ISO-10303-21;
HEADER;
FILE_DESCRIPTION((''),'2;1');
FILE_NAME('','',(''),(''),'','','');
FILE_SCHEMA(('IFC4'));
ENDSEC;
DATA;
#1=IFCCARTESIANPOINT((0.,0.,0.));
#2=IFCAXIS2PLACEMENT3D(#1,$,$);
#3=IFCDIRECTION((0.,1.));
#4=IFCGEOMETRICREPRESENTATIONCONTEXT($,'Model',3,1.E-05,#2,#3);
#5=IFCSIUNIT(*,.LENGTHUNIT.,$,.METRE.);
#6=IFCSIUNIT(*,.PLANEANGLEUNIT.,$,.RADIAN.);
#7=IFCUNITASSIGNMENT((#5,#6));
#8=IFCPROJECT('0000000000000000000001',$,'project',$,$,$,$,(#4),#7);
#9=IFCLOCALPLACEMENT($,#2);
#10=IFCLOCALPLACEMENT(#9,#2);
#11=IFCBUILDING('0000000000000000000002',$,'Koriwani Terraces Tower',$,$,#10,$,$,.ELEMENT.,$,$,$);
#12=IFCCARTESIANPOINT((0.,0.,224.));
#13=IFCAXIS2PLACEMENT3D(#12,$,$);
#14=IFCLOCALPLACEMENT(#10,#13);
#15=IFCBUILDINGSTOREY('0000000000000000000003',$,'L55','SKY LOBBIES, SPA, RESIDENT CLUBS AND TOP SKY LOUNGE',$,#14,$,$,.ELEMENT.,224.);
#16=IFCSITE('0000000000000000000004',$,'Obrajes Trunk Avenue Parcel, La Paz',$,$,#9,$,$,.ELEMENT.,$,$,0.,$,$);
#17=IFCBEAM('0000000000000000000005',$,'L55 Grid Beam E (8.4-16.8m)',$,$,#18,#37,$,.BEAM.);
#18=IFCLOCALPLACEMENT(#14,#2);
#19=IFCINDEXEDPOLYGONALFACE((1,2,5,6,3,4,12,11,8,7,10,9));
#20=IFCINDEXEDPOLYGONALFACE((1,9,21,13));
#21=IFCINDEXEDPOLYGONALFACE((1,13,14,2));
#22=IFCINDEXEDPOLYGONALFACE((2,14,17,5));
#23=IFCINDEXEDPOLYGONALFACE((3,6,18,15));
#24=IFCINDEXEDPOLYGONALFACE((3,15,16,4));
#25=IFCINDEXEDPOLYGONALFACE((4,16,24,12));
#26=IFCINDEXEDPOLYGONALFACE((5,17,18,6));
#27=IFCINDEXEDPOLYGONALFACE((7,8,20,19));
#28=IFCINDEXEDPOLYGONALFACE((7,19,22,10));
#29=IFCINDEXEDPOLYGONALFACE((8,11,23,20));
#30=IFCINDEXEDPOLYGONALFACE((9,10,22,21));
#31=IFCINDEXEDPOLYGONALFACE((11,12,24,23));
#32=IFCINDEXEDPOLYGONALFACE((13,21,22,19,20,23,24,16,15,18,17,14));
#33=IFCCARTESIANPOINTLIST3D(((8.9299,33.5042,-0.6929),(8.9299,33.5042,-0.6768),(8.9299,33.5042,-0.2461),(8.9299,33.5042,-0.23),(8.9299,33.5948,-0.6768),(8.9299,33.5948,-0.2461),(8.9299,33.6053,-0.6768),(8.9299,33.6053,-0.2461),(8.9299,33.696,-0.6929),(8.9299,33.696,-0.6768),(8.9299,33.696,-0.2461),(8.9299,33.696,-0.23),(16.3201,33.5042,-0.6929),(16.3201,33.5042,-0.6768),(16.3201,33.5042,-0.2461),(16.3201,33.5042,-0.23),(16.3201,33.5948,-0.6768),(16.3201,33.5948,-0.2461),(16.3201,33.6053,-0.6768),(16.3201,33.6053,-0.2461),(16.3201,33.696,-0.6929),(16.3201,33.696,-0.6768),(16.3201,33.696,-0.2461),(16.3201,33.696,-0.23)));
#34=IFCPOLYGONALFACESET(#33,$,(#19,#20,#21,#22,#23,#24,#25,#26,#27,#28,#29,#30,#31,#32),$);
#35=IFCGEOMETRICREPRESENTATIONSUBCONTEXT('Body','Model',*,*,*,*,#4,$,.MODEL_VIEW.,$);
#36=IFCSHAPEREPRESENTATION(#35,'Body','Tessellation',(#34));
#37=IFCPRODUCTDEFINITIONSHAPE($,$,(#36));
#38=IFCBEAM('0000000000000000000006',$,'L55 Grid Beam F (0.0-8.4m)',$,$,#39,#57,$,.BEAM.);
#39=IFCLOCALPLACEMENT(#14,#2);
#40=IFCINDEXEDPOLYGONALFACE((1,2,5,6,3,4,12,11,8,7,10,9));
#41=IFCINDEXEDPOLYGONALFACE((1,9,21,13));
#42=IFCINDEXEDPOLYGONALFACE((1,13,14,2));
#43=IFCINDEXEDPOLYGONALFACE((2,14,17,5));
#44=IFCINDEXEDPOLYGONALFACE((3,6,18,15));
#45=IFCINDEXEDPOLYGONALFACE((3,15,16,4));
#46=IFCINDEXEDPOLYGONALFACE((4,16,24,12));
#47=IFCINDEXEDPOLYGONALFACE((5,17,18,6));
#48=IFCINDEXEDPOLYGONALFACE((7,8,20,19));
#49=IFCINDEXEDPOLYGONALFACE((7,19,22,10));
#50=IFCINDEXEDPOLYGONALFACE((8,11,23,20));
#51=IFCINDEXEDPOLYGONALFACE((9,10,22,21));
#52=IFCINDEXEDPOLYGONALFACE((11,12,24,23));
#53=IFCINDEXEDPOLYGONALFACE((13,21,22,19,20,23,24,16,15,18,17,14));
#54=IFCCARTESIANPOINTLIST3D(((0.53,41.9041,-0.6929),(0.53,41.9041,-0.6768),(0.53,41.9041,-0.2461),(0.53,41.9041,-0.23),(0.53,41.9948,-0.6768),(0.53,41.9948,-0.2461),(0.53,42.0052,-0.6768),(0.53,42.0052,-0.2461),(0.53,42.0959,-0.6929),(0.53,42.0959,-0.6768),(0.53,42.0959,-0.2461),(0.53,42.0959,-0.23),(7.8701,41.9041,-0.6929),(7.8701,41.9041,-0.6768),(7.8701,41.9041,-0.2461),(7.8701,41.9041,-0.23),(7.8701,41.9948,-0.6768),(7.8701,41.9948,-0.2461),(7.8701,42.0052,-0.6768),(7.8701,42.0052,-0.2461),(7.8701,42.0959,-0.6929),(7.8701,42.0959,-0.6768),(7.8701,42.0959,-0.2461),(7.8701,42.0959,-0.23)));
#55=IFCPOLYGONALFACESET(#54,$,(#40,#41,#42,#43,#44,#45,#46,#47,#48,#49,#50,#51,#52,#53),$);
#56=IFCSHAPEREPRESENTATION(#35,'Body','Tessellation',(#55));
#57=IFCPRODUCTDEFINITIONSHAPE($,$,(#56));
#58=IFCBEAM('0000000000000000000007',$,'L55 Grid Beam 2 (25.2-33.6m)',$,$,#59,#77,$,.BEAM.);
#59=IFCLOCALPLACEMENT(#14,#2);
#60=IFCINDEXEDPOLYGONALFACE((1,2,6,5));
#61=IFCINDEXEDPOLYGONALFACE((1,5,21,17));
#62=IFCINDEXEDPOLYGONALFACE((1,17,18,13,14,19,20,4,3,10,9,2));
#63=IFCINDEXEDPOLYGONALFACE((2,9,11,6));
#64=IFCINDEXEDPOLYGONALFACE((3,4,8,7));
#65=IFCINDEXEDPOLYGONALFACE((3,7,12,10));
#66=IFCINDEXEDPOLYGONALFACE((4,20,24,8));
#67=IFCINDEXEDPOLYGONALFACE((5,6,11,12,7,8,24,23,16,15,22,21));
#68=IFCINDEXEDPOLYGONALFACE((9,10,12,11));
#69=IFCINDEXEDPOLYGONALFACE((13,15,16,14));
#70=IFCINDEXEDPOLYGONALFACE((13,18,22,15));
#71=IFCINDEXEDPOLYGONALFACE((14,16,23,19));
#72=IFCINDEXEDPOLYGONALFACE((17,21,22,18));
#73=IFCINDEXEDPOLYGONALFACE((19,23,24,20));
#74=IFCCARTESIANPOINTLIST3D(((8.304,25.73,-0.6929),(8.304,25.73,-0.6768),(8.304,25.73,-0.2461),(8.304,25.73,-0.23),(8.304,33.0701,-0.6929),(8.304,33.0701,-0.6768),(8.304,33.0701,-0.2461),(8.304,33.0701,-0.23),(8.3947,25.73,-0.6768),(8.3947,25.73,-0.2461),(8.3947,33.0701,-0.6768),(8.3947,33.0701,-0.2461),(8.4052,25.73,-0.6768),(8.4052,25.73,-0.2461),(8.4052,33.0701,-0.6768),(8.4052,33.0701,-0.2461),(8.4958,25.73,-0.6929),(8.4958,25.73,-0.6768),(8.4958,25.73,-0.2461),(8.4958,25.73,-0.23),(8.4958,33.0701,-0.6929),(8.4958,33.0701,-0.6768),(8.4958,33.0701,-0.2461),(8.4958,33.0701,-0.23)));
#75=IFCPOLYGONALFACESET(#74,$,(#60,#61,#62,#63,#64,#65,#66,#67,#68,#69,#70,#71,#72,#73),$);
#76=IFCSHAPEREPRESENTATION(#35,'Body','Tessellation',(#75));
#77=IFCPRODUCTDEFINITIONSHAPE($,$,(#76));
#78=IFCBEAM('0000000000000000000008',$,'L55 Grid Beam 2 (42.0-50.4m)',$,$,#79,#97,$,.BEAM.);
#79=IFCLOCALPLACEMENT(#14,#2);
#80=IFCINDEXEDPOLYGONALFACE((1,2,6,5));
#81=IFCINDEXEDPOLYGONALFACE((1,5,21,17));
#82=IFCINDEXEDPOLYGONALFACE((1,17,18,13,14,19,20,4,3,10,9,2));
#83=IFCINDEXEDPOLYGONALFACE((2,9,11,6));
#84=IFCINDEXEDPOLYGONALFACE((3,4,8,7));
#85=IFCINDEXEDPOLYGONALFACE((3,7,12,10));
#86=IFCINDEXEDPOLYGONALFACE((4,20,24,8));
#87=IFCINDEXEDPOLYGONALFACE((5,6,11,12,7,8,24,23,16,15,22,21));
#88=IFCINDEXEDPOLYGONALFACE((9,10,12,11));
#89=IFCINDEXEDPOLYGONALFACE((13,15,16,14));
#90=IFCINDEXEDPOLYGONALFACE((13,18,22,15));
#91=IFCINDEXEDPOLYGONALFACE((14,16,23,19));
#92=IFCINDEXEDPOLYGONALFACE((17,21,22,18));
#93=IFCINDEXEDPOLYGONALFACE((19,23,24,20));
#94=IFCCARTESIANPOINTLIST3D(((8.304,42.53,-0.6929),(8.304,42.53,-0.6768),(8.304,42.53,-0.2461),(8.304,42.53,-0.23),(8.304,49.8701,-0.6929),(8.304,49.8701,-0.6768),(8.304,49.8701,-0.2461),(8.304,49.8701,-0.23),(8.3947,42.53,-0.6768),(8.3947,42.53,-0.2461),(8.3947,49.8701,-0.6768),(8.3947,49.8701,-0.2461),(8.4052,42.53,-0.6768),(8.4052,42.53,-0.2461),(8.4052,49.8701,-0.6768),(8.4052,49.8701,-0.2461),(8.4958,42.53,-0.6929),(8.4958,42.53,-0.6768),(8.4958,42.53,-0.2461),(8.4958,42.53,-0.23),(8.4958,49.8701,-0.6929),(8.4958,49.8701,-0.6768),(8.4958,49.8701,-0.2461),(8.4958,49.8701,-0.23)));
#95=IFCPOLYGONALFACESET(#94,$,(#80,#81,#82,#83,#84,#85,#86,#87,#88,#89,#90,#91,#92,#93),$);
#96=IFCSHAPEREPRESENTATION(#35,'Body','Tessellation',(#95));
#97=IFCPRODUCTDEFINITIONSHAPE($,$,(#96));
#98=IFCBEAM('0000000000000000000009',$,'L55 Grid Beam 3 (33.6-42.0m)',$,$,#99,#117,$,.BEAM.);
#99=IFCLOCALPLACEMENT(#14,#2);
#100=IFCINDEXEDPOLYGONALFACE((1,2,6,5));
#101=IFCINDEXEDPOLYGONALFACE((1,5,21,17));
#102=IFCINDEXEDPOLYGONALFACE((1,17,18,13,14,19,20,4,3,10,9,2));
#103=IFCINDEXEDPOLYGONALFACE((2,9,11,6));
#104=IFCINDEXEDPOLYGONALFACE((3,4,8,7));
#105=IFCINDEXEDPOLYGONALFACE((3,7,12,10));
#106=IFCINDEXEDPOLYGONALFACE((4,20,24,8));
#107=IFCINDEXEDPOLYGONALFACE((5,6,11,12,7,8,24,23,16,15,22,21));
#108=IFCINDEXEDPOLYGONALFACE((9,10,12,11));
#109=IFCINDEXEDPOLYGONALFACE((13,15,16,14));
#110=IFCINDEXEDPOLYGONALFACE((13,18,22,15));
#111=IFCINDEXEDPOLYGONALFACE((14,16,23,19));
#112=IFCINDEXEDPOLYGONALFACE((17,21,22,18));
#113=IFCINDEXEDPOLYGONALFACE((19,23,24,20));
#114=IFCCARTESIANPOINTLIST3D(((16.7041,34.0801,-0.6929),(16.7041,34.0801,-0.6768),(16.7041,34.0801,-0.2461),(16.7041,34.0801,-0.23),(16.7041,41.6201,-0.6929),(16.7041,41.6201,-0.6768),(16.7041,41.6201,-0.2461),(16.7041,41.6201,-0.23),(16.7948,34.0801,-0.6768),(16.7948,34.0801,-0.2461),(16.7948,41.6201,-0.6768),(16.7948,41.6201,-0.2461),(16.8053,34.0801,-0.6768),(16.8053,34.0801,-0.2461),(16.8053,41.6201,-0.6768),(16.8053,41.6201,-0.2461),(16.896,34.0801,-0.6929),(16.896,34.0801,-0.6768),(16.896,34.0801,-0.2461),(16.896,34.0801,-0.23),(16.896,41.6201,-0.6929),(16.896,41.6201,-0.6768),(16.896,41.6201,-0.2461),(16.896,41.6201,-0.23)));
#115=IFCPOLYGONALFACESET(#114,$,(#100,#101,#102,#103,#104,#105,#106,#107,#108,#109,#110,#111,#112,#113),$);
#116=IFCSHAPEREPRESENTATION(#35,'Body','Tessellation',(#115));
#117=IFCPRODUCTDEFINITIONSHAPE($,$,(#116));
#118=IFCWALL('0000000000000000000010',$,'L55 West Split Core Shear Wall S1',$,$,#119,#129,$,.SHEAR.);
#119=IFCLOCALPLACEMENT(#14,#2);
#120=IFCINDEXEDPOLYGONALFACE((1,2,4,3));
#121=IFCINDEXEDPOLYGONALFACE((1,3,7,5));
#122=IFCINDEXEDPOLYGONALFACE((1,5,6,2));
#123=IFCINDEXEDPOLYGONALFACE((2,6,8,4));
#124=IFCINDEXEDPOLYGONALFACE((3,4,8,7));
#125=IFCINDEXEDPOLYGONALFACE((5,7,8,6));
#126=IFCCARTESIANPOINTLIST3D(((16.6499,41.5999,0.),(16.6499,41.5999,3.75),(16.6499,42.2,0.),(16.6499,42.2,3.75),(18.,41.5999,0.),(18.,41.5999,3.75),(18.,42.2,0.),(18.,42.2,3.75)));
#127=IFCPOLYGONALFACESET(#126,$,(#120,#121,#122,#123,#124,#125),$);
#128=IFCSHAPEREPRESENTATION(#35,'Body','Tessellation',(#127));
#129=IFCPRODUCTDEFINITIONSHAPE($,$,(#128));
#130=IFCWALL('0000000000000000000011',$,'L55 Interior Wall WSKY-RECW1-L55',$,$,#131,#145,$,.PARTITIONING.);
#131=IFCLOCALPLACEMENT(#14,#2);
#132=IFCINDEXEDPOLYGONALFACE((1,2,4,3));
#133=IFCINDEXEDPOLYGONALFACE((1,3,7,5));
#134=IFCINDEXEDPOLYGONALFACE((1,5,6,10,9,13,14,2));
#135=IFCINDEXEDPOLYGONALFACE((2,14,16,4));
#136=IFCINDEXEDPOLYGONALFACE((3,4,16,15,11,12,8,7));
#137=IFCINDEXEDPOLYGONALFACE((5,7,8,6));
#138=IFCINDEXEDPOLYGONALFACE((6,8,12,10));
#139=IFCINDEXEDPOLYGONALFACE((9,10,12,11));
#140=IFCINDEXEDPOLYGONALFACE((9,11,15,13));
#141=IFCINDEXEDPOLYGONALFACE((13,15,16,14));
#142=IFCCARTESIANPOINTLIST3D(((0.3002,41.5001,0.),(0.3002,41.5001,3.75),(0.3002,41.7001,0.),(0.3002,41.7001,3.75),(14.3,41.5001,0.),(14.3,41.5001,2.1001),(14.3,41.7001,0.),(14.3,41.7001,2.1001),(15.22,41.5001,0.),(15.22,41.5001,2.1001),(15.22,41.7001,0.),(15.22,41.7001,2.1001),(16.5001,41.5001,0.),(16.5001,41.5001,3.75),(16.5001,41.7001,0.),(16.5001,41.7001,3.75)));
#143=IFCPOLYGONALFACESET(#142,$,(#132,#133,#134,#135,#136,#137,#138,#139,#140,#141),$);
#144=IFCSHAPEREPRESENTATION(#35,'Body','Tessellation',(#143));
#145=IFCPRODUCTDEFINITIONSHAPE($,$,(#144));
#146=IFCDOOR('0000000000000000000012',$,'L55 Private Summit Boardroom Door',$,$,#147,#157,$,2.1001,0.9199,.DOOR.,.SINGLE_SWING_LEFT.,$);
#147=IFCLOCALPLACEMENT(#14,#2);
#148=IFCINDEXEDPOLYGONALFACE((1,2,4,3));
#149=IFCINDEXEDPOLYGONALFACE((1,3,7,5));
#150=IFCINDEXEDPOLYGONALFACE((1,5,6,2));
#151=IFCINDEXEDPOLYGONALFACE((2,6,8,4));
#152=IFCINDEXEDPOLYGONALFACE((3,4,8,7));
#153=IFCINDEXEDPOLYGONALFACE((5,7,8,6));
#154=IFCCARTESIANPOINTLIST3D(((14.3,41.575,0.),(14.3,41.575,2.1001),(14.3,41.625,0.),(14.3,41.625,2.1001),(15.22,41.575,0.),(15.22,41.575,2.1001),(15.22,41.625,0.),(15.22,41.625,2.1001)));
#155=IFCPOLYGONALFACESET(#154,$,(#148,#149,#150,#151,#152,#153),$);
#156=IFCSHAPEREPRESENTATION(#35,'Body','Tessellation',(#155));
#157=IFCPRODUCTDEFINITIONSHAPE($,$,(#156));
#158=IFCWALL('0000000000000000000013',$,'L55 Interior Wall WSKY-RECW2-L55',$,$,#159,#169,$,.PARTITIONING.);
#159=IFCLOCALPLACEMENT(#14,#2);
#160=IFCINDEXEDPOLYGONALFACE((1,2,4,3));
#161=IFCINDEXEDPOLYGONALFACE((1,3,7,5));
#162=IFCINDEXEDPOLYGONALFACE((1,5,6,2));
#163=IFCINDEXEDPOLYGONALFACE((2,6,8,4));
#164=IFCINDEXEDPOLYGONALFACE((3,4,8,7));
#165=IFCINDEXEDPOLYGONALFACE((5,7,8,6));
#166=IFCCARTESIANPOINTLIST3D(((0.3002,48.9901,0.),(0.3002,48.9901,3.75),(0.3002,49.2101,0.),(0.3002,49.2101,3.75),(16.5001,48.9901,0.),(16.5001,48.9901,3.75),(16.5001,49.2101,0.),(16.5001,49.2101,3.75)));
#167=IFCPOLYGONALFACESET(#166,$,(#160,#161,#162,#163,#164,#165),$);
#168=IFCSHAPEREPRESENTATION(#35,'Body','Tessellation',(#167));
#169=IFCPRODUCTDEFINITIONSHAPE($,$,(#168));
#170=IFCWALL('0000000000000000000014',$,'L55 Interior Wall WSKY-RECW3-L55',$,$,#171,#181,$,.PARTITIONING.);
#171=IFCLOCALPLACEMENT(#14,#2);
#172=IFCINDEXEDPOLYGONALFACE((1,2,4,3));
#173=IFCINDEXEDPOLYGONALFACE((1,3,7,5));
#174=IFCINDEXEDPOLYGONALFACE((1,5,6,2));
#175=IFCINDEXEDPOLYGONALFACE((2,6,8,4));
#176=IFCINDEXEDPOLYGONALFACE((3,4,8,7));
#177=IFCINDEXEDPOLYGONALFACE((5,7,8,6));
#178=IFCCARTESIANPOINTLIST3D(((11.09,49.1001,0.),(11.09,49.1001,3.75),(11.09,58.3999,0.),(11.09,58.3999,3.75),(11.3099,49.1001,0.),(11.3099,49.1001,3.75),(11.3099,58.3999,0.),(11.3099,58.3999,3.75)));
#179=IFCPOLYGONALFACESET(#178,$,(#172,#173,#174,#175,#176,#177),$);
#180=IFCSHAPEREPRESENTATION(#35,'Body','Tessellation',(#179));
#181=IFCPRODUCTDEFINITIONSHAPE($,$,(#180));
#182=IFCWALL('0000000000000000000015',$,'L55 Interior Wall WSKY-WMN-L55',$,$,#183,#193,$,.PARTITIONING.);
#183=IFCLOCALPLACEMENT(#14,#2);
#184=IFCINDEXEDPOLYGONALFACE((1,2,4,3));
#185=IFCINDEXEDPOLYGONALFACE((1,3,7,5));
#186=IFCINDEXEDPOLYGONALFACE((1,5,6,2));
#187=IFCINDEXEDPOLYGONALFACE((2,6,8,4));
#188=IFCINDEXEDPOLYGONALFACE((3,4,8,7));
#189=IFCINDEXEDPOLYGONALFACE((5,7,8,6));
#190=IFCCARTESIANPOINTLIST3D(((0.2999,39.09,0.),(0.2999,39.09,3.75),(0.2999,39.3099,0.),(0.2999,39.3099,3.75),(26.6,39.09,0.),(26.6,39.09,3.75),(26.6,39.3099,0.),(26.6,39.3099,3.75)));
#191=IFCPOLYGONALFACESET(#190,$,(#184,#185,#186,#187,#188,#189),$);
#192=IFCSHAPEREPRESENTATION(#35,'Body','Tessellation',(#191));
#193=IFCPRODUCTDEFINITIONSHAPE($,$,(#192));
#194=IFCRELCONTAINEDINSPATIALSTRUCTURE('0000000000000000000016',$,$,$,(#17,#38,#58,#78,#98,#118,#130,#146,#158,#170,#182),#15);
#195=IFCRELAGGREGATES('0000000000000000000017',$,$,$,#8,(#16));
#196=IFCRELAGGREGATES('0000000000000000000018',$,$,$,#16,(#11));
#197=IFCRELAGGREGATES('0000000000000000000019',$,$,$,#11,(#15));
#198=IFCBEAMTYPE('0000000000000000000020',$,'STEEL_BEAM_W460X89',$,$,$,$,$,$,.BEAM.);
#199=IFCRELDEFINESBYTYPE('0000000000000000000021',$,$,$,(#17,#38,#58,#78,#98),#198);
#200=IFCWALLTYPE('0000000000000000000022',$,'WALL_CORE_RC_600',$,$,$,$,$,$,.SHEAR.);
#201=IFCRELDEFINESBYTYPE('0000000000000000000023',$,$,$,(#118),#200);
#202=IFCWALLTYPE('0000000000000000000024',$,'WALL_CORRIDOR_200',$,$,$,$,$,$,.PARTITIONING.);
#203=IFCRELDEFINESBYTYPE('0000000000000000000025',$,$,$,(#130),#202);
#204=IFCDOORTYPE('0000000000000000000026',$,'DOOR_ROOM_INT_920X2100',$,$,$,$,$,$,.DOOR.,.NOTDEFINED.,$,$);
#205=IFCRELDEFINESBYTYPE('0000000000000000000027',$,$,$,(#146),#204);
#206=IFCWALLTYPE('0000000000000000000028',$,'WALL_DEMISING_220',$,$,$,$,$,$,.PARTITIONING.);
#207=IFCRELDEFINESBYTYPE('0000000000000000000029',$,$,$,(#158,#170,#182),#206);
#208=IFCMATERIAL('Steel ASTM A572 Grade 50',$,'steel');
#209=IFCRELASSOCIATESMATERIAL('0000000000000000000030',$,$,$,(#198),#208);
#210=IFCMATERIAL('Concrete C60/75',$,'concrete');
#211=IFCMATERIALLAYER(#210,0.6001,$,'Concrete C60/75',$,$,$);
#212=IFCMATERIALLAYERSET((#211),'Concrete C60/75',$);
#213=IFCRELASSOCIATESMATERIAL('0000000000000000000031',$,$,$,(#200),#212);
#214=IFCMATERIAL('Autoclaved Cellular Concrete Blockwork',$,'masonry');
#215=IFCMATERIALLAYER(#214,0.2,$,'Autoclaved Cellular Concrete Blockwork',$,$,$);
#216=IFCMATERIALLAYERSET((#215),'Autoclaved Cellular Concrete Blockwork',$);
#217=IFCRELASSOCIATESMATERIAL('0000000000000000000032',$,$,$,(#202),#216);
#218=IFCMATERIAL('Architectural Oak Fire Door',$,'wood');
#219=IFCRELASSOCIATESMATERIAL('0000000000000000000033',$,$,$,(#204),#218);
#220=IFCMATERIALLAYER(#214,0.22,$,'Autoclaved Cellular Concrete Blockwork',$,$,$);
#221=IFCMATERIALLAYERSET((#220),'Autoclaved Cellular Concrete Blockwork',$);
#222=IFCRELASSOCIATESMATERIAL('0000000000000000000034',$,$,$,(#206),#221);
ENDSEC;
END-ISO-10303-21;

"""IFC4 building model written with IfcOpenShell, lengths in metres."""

from ifc_helpers import new_model, si_unit, direction, frame, frame_2d, origin, origin_2d, place, context, subcontext, project, spatial, rectangle, i_section, extrude, material, layer, layer_set, material_profile, profile_set, type_object, element, fill, save


model = new_model("IFC4")

# Units and contexts
model_context = context("Model", 3, precision=1e-05, world=origin(), true_north=direction((0.0, 1.0)))
body_context = subcontext(model_context, "Body", "Model", "MODEL_VIEW")
ifc_project = project(units=[si_unit("LENGTHUNIT", "METRE"), si_unit("PLANEANGLEUNIT", "RADIAN")], contexts=[model_context])

# Site, building, storey
site_placement = place(None, origin())
site = spatial("IfcSite", under=ifc_project, at=site_placement, Name="Obrajes Trunk Avenue Parcel, La Paz", CompositionType="ELEMENT", RefElevation=0.0)
building_placement = place(site_placement, origin())
building = spatial("IfcBuilding", under=site, at=building_placement, Name="Koriwani Terraces Tower", CompositionType="ELEMENT")
storey_placement = place(building_placement, frame((0.0, 0.0, 224.0)))
storey = spatial("IfcBuildingStorey", under=building, at=storey_placement, Name="L55", Description="SKY LOBBIES, SPA, RESIDENT CLUBS AND TOP SKY LOUNGE", CompositionType="ELEMENT", Elevation=224.0)

# Beams
ifc_material_1 = material(Name="Steel ASTM A572 Grade 50", Category="steel")
ifc_material_profile_1 = material_profile(ifc_material_1, i_section(OverallWidth=0.1919, OverallDepth=0.4629, WebThickness=0.0105, FlangeThickness=0.0161, at=origin_2d()), Name="Steel ASTM A572 Grade 50", Category="LoadBearing")
ifc_profile_set_1 = profile_set([ifc_material_profile_1], Name="Steel ASTM A572 Grade 50")
beam_type_1 = type_object("IfcBeamType", Name="STEEL_BEAM_W460X89", PredefinedType="BEAM", material=ifc_profile_set_1)
beam_1_placement = place(storey_placement, frame((8.9299, 33.6001, -0.4614), z_axis=(1.0, 0.0, 0.0), x_axis=(0.0, 1.0, 0.0)))
element("IfcBeam", 1, at=beam_1_placement, inside=storey, type_object=beam_type_1, Name="L55 Grid Beam E (8.4-16.8m)", PredefinedType="BEAM", context=body_context, shape_type="SweptSolid", body=[
    extrude(i_section(OverallWidth=0.1919, OverallDepth=0.4629, WebThickness=0.0105, FlangeThickness=0.0161, at=origin_2d()), origin(), (0.0, 0.0, 1.0), 7.3901),
])
for number, where, z_axis, x_axis, name in (
    (2, (0.53, 42.0, -0.4614), (1.0, 0.0, 0.0), (0.0, 1.0, 0.0), "L55 Grid Beam F (0.0-8.4m)"),
    (3, (8.3999, 25.73, -0.4614), (0.0, 1.0, 0.0), (-1.0, 0.0, 0.0), "L55 Grid Beam 2 (25.2-33.6m)"),
    (4, (8.3999, 42.53, -0.4614), (0.0, 1.0, 0.0), (-1.0, 0.0, 0.0), "L55 Grid Beam 2 (42.0-50.4m)"),
):
    element("IfcBeam", number, at=place(storey_placement, frame(where, z_axis=z_axis, x_axis=x_axis)), inside=storey, type_object=beam_type_1, Name=name, PredefinedType="BEAM", context=body_context, shape_type="SweptSolid", body=[
        extrude(i_section(OverallWidth=0.1919, OverallDepth=0.4629, WebThickness=0.0105, FlangeThickness=0.0161, at=origin_2d()), origin(), (0.0, 0.0, 1.0), 7.3401),
    ])
beam_2_placement = place(storey_placement, frame((16.8, 34.0801, -0.4614), z_axis=(0.0, 1.0, 0.0), x_axis=(-1.0, 0.0, 0.0)))
element("IfcBeam", 5, at=beam_2_placement, inside=storey, type_object=beam_type_1, Name="L55 Grid Beam 3 (33.6-42.0m)", PredefinedType="BEAM", context=body_context, shape_type="SweptSolid", body=[
    extrude(i_section(OverallWidth=0.1919, OverallDepth=0.4629, WebThickness=0.0105, FlangeThickness=0.0161, at=origin_2d()), origin(), (0.0, 0.0, 1.0), 7.54),
])

# Wall
ifc_material_2 = material(Name="Concrete C60/75", Category="concrete")
ifc_layer_1 = layer(ifc_material_2, 0.6001, Name="Concrete C60/75")
ifc_layer_set_1 = layer_set([ifc_layer_1], Name="Concrete C60/75")
wall_type_1 = type_object("IfcWallType", Name="WALL_CORE_RC_600", PredefinedType="SHEAR", material=ifc_layer_set_1)
wall_1_placement = place(storey_placement, frame((16.6499, 41.8999, 0.0), z_axis=(0.0, 0.0, 1.0), x_axis=(1.0, 0.0, 0.0)))
element("IfcWall", 6, at=wall_1_placement, inside=storey, type_object=wall_type_1, Name="L55 West Split Core Shear Wall S1", PredefinedType="SHEAR", context=body_context, shape_type="SweptSolid", body=[
    extrude(rectangle(XDim=1.3501, YDim=0.6001, at=frame_2d((0.675, 0.0))), origin(), (0.0, 0.0, 1.0), 3.75),
])

# Wall, opening, door
ifc_material_3 = material(Name="Autoclaved Cellular Concrete Blockwork", Category="masonry")
ifc_layer_2 = layer(ifc_material_3, 0.2, Name="Autoclaved Cellular Concrete Blockwork")
ifc_layer_set_2 = layer_set([ifc_layer_2], Name="Autoclaved Cellular Concrete Blockwork")
wall_type_2 = type_object("IfcWallType", Name="WALL_CORRIDOR_200", PredefinedType="PARTITIONING", material=ifc_layer_set_2)
wall_2_placement = place(storey_placement, frame((0.3, 41.6001, 0.0), z_axis=(0.0, 0.0, 1.0), x_axis=(1.0, 0.0, 0.0)))
wall_2 = element("IfcWall", 7, at=wall_2_placement, inside=storey, type_object=wall_type_2, Name="L55 Interior Wall WSKY-RECW1-L55", PredefinedType="PARTITIONING", context=body_context, shape_type="SweptSolid", body=[
    extrude(rectangle(XDim=16.2, YDim=0.2, at=frame_2d((8.1001, 0.0))), origin(), (0.0, 0.0, 1.0), 3.75),
])
opening_1_placement = place(wall_2_placement, frame((14.0, 0.0, 0.0)))
opening_1 = element("IfcOpeningElement", 8, at=opening_1_placement, cuts=wall_2, PredefinedType="OPENING", context=body_context, shape_type="SweptSolid", body=[
    extrude(rectangle(XDim=0.9199, YDim=2.1001, at=frame_2d((0.46, 1.05))), frame((0.0, 0.1099, 0.0), z_axis=(0.0, -1.0, 0.0), x_axis=(1.0, 0.0, 0.0)), (0.0, 0.0, 1.0), 0.22),
])
ifc_material_4 = material(Name="Architectural Oak Fire Door", Category="wood")
door_type_1 = type_object("IfcDoorType", Name="DOOR_ROOM_INT_920X2100", OperationType="NOTDEFINED", PredefinedType="DOOR", material=ifc_material_4)
door_1_placement = place(opening_1_placement, origin())
door_1 = element("IfcDoor", 9, at=door_1_placement, inside=storey, type_object=door_type_1, Name="L55 Private Summit Boardroom Door", OperationType="SINGLE_SWING_LEFT", OverallHeight=2.1001, OverallWidth=0.9199, PredefinedType="DOOR", context=body_context, shape_type="SweptSolid", body=[
    extrude(rectangle(XDim=0.9199, YDim=2.1001, at=frame_2d((0.46, 1.05))), frame((0.0, 0.0249, 0.0), z_axis=(0.0, -1.0, 0.0), x_axis=(1.0, 0.0, 0.0)), (0.0, 0.0, 1.0), 0.05),
])
fill(opening_1, door_1)

# Walls
ifc_layer_3 = layer(ifc_material_3, 0.22, Name="Autoclaved Cellular Concrete Blockwork")
ifc_layer_set_3 = layer_set([ifc_layer_3], Name="Autoclaved Cellular Concrete Blockwork")
wall_type_3 = type_object("IfcWallType", Name="WALL_DEMISING_220", PredefinedType="PARTITIONING", material=ifc_layer_set_3)
wall_3_placement = place(storey_placement, frame((0.3, 49.1001, 0.0), z_axis=(0.0, 0.0, 1.0), x_axis=(1.0, 0.0, 0.0)))
element("IfcWall", 10, at=wall_3_placement, inside=storey, type_object=wall_type_3, Name="L55 Interior Wall WSKY-RECW2-L55", PredefinedType="PARTITIONING", context=body_context, shape_type="SweptSolid", body=[
    extrude(rectangle(XDim=16.2, YDim=0.22, at=frame_2d((8.1001, 0.0))), origin(), (0.0, 0.0, 1.0), 3.75),
])
wall_4_placement = place(storey_placement, frame((11.2, 49.1001, 0.0), z_axis=(0.0, 0.0, 1.0), x_axis=(0.0, 1.0, 0.0)))
element("IfcWall", 11, at=wall_4_placement, inside=storey, type_object=wall_type_3, Name="L55 Interior Wall WSKY-RECW3-L55", PredefinedType="PARTITIONING", context=body_context, shape_type="SweptSolid", body=[
    extrude(rectangle(XDim=9.2998, YDim=0.22, at=frame_2d((4.6499, 0.0))), origin(), (0.0, 0.0, 1.0), 3.75),
])
wall_5_placement = place(storey_placement, frame((0.3, 39.2, 0.0), z_axis=(0.0, 0.0, 1.0), x_axis=(1.0, 0.0, 0.0)))
element("IfcWall", 12, at=wall_5_placement, inside=storey, type_object=wall_type_3, Name="L55 Interior Wall WSKY-WMN-L55", PredefinedType="PARTITIONING", context=body_context, shape_type="SweptSolid", body=[
    extrude(rectangle(XDim=26.3, YDim=0.22, at=frame_2d((13.1499, 0.0))), origin(), (0.0, 0.0, 1.0), 3.75),
])

save(model, "model.ifc")
